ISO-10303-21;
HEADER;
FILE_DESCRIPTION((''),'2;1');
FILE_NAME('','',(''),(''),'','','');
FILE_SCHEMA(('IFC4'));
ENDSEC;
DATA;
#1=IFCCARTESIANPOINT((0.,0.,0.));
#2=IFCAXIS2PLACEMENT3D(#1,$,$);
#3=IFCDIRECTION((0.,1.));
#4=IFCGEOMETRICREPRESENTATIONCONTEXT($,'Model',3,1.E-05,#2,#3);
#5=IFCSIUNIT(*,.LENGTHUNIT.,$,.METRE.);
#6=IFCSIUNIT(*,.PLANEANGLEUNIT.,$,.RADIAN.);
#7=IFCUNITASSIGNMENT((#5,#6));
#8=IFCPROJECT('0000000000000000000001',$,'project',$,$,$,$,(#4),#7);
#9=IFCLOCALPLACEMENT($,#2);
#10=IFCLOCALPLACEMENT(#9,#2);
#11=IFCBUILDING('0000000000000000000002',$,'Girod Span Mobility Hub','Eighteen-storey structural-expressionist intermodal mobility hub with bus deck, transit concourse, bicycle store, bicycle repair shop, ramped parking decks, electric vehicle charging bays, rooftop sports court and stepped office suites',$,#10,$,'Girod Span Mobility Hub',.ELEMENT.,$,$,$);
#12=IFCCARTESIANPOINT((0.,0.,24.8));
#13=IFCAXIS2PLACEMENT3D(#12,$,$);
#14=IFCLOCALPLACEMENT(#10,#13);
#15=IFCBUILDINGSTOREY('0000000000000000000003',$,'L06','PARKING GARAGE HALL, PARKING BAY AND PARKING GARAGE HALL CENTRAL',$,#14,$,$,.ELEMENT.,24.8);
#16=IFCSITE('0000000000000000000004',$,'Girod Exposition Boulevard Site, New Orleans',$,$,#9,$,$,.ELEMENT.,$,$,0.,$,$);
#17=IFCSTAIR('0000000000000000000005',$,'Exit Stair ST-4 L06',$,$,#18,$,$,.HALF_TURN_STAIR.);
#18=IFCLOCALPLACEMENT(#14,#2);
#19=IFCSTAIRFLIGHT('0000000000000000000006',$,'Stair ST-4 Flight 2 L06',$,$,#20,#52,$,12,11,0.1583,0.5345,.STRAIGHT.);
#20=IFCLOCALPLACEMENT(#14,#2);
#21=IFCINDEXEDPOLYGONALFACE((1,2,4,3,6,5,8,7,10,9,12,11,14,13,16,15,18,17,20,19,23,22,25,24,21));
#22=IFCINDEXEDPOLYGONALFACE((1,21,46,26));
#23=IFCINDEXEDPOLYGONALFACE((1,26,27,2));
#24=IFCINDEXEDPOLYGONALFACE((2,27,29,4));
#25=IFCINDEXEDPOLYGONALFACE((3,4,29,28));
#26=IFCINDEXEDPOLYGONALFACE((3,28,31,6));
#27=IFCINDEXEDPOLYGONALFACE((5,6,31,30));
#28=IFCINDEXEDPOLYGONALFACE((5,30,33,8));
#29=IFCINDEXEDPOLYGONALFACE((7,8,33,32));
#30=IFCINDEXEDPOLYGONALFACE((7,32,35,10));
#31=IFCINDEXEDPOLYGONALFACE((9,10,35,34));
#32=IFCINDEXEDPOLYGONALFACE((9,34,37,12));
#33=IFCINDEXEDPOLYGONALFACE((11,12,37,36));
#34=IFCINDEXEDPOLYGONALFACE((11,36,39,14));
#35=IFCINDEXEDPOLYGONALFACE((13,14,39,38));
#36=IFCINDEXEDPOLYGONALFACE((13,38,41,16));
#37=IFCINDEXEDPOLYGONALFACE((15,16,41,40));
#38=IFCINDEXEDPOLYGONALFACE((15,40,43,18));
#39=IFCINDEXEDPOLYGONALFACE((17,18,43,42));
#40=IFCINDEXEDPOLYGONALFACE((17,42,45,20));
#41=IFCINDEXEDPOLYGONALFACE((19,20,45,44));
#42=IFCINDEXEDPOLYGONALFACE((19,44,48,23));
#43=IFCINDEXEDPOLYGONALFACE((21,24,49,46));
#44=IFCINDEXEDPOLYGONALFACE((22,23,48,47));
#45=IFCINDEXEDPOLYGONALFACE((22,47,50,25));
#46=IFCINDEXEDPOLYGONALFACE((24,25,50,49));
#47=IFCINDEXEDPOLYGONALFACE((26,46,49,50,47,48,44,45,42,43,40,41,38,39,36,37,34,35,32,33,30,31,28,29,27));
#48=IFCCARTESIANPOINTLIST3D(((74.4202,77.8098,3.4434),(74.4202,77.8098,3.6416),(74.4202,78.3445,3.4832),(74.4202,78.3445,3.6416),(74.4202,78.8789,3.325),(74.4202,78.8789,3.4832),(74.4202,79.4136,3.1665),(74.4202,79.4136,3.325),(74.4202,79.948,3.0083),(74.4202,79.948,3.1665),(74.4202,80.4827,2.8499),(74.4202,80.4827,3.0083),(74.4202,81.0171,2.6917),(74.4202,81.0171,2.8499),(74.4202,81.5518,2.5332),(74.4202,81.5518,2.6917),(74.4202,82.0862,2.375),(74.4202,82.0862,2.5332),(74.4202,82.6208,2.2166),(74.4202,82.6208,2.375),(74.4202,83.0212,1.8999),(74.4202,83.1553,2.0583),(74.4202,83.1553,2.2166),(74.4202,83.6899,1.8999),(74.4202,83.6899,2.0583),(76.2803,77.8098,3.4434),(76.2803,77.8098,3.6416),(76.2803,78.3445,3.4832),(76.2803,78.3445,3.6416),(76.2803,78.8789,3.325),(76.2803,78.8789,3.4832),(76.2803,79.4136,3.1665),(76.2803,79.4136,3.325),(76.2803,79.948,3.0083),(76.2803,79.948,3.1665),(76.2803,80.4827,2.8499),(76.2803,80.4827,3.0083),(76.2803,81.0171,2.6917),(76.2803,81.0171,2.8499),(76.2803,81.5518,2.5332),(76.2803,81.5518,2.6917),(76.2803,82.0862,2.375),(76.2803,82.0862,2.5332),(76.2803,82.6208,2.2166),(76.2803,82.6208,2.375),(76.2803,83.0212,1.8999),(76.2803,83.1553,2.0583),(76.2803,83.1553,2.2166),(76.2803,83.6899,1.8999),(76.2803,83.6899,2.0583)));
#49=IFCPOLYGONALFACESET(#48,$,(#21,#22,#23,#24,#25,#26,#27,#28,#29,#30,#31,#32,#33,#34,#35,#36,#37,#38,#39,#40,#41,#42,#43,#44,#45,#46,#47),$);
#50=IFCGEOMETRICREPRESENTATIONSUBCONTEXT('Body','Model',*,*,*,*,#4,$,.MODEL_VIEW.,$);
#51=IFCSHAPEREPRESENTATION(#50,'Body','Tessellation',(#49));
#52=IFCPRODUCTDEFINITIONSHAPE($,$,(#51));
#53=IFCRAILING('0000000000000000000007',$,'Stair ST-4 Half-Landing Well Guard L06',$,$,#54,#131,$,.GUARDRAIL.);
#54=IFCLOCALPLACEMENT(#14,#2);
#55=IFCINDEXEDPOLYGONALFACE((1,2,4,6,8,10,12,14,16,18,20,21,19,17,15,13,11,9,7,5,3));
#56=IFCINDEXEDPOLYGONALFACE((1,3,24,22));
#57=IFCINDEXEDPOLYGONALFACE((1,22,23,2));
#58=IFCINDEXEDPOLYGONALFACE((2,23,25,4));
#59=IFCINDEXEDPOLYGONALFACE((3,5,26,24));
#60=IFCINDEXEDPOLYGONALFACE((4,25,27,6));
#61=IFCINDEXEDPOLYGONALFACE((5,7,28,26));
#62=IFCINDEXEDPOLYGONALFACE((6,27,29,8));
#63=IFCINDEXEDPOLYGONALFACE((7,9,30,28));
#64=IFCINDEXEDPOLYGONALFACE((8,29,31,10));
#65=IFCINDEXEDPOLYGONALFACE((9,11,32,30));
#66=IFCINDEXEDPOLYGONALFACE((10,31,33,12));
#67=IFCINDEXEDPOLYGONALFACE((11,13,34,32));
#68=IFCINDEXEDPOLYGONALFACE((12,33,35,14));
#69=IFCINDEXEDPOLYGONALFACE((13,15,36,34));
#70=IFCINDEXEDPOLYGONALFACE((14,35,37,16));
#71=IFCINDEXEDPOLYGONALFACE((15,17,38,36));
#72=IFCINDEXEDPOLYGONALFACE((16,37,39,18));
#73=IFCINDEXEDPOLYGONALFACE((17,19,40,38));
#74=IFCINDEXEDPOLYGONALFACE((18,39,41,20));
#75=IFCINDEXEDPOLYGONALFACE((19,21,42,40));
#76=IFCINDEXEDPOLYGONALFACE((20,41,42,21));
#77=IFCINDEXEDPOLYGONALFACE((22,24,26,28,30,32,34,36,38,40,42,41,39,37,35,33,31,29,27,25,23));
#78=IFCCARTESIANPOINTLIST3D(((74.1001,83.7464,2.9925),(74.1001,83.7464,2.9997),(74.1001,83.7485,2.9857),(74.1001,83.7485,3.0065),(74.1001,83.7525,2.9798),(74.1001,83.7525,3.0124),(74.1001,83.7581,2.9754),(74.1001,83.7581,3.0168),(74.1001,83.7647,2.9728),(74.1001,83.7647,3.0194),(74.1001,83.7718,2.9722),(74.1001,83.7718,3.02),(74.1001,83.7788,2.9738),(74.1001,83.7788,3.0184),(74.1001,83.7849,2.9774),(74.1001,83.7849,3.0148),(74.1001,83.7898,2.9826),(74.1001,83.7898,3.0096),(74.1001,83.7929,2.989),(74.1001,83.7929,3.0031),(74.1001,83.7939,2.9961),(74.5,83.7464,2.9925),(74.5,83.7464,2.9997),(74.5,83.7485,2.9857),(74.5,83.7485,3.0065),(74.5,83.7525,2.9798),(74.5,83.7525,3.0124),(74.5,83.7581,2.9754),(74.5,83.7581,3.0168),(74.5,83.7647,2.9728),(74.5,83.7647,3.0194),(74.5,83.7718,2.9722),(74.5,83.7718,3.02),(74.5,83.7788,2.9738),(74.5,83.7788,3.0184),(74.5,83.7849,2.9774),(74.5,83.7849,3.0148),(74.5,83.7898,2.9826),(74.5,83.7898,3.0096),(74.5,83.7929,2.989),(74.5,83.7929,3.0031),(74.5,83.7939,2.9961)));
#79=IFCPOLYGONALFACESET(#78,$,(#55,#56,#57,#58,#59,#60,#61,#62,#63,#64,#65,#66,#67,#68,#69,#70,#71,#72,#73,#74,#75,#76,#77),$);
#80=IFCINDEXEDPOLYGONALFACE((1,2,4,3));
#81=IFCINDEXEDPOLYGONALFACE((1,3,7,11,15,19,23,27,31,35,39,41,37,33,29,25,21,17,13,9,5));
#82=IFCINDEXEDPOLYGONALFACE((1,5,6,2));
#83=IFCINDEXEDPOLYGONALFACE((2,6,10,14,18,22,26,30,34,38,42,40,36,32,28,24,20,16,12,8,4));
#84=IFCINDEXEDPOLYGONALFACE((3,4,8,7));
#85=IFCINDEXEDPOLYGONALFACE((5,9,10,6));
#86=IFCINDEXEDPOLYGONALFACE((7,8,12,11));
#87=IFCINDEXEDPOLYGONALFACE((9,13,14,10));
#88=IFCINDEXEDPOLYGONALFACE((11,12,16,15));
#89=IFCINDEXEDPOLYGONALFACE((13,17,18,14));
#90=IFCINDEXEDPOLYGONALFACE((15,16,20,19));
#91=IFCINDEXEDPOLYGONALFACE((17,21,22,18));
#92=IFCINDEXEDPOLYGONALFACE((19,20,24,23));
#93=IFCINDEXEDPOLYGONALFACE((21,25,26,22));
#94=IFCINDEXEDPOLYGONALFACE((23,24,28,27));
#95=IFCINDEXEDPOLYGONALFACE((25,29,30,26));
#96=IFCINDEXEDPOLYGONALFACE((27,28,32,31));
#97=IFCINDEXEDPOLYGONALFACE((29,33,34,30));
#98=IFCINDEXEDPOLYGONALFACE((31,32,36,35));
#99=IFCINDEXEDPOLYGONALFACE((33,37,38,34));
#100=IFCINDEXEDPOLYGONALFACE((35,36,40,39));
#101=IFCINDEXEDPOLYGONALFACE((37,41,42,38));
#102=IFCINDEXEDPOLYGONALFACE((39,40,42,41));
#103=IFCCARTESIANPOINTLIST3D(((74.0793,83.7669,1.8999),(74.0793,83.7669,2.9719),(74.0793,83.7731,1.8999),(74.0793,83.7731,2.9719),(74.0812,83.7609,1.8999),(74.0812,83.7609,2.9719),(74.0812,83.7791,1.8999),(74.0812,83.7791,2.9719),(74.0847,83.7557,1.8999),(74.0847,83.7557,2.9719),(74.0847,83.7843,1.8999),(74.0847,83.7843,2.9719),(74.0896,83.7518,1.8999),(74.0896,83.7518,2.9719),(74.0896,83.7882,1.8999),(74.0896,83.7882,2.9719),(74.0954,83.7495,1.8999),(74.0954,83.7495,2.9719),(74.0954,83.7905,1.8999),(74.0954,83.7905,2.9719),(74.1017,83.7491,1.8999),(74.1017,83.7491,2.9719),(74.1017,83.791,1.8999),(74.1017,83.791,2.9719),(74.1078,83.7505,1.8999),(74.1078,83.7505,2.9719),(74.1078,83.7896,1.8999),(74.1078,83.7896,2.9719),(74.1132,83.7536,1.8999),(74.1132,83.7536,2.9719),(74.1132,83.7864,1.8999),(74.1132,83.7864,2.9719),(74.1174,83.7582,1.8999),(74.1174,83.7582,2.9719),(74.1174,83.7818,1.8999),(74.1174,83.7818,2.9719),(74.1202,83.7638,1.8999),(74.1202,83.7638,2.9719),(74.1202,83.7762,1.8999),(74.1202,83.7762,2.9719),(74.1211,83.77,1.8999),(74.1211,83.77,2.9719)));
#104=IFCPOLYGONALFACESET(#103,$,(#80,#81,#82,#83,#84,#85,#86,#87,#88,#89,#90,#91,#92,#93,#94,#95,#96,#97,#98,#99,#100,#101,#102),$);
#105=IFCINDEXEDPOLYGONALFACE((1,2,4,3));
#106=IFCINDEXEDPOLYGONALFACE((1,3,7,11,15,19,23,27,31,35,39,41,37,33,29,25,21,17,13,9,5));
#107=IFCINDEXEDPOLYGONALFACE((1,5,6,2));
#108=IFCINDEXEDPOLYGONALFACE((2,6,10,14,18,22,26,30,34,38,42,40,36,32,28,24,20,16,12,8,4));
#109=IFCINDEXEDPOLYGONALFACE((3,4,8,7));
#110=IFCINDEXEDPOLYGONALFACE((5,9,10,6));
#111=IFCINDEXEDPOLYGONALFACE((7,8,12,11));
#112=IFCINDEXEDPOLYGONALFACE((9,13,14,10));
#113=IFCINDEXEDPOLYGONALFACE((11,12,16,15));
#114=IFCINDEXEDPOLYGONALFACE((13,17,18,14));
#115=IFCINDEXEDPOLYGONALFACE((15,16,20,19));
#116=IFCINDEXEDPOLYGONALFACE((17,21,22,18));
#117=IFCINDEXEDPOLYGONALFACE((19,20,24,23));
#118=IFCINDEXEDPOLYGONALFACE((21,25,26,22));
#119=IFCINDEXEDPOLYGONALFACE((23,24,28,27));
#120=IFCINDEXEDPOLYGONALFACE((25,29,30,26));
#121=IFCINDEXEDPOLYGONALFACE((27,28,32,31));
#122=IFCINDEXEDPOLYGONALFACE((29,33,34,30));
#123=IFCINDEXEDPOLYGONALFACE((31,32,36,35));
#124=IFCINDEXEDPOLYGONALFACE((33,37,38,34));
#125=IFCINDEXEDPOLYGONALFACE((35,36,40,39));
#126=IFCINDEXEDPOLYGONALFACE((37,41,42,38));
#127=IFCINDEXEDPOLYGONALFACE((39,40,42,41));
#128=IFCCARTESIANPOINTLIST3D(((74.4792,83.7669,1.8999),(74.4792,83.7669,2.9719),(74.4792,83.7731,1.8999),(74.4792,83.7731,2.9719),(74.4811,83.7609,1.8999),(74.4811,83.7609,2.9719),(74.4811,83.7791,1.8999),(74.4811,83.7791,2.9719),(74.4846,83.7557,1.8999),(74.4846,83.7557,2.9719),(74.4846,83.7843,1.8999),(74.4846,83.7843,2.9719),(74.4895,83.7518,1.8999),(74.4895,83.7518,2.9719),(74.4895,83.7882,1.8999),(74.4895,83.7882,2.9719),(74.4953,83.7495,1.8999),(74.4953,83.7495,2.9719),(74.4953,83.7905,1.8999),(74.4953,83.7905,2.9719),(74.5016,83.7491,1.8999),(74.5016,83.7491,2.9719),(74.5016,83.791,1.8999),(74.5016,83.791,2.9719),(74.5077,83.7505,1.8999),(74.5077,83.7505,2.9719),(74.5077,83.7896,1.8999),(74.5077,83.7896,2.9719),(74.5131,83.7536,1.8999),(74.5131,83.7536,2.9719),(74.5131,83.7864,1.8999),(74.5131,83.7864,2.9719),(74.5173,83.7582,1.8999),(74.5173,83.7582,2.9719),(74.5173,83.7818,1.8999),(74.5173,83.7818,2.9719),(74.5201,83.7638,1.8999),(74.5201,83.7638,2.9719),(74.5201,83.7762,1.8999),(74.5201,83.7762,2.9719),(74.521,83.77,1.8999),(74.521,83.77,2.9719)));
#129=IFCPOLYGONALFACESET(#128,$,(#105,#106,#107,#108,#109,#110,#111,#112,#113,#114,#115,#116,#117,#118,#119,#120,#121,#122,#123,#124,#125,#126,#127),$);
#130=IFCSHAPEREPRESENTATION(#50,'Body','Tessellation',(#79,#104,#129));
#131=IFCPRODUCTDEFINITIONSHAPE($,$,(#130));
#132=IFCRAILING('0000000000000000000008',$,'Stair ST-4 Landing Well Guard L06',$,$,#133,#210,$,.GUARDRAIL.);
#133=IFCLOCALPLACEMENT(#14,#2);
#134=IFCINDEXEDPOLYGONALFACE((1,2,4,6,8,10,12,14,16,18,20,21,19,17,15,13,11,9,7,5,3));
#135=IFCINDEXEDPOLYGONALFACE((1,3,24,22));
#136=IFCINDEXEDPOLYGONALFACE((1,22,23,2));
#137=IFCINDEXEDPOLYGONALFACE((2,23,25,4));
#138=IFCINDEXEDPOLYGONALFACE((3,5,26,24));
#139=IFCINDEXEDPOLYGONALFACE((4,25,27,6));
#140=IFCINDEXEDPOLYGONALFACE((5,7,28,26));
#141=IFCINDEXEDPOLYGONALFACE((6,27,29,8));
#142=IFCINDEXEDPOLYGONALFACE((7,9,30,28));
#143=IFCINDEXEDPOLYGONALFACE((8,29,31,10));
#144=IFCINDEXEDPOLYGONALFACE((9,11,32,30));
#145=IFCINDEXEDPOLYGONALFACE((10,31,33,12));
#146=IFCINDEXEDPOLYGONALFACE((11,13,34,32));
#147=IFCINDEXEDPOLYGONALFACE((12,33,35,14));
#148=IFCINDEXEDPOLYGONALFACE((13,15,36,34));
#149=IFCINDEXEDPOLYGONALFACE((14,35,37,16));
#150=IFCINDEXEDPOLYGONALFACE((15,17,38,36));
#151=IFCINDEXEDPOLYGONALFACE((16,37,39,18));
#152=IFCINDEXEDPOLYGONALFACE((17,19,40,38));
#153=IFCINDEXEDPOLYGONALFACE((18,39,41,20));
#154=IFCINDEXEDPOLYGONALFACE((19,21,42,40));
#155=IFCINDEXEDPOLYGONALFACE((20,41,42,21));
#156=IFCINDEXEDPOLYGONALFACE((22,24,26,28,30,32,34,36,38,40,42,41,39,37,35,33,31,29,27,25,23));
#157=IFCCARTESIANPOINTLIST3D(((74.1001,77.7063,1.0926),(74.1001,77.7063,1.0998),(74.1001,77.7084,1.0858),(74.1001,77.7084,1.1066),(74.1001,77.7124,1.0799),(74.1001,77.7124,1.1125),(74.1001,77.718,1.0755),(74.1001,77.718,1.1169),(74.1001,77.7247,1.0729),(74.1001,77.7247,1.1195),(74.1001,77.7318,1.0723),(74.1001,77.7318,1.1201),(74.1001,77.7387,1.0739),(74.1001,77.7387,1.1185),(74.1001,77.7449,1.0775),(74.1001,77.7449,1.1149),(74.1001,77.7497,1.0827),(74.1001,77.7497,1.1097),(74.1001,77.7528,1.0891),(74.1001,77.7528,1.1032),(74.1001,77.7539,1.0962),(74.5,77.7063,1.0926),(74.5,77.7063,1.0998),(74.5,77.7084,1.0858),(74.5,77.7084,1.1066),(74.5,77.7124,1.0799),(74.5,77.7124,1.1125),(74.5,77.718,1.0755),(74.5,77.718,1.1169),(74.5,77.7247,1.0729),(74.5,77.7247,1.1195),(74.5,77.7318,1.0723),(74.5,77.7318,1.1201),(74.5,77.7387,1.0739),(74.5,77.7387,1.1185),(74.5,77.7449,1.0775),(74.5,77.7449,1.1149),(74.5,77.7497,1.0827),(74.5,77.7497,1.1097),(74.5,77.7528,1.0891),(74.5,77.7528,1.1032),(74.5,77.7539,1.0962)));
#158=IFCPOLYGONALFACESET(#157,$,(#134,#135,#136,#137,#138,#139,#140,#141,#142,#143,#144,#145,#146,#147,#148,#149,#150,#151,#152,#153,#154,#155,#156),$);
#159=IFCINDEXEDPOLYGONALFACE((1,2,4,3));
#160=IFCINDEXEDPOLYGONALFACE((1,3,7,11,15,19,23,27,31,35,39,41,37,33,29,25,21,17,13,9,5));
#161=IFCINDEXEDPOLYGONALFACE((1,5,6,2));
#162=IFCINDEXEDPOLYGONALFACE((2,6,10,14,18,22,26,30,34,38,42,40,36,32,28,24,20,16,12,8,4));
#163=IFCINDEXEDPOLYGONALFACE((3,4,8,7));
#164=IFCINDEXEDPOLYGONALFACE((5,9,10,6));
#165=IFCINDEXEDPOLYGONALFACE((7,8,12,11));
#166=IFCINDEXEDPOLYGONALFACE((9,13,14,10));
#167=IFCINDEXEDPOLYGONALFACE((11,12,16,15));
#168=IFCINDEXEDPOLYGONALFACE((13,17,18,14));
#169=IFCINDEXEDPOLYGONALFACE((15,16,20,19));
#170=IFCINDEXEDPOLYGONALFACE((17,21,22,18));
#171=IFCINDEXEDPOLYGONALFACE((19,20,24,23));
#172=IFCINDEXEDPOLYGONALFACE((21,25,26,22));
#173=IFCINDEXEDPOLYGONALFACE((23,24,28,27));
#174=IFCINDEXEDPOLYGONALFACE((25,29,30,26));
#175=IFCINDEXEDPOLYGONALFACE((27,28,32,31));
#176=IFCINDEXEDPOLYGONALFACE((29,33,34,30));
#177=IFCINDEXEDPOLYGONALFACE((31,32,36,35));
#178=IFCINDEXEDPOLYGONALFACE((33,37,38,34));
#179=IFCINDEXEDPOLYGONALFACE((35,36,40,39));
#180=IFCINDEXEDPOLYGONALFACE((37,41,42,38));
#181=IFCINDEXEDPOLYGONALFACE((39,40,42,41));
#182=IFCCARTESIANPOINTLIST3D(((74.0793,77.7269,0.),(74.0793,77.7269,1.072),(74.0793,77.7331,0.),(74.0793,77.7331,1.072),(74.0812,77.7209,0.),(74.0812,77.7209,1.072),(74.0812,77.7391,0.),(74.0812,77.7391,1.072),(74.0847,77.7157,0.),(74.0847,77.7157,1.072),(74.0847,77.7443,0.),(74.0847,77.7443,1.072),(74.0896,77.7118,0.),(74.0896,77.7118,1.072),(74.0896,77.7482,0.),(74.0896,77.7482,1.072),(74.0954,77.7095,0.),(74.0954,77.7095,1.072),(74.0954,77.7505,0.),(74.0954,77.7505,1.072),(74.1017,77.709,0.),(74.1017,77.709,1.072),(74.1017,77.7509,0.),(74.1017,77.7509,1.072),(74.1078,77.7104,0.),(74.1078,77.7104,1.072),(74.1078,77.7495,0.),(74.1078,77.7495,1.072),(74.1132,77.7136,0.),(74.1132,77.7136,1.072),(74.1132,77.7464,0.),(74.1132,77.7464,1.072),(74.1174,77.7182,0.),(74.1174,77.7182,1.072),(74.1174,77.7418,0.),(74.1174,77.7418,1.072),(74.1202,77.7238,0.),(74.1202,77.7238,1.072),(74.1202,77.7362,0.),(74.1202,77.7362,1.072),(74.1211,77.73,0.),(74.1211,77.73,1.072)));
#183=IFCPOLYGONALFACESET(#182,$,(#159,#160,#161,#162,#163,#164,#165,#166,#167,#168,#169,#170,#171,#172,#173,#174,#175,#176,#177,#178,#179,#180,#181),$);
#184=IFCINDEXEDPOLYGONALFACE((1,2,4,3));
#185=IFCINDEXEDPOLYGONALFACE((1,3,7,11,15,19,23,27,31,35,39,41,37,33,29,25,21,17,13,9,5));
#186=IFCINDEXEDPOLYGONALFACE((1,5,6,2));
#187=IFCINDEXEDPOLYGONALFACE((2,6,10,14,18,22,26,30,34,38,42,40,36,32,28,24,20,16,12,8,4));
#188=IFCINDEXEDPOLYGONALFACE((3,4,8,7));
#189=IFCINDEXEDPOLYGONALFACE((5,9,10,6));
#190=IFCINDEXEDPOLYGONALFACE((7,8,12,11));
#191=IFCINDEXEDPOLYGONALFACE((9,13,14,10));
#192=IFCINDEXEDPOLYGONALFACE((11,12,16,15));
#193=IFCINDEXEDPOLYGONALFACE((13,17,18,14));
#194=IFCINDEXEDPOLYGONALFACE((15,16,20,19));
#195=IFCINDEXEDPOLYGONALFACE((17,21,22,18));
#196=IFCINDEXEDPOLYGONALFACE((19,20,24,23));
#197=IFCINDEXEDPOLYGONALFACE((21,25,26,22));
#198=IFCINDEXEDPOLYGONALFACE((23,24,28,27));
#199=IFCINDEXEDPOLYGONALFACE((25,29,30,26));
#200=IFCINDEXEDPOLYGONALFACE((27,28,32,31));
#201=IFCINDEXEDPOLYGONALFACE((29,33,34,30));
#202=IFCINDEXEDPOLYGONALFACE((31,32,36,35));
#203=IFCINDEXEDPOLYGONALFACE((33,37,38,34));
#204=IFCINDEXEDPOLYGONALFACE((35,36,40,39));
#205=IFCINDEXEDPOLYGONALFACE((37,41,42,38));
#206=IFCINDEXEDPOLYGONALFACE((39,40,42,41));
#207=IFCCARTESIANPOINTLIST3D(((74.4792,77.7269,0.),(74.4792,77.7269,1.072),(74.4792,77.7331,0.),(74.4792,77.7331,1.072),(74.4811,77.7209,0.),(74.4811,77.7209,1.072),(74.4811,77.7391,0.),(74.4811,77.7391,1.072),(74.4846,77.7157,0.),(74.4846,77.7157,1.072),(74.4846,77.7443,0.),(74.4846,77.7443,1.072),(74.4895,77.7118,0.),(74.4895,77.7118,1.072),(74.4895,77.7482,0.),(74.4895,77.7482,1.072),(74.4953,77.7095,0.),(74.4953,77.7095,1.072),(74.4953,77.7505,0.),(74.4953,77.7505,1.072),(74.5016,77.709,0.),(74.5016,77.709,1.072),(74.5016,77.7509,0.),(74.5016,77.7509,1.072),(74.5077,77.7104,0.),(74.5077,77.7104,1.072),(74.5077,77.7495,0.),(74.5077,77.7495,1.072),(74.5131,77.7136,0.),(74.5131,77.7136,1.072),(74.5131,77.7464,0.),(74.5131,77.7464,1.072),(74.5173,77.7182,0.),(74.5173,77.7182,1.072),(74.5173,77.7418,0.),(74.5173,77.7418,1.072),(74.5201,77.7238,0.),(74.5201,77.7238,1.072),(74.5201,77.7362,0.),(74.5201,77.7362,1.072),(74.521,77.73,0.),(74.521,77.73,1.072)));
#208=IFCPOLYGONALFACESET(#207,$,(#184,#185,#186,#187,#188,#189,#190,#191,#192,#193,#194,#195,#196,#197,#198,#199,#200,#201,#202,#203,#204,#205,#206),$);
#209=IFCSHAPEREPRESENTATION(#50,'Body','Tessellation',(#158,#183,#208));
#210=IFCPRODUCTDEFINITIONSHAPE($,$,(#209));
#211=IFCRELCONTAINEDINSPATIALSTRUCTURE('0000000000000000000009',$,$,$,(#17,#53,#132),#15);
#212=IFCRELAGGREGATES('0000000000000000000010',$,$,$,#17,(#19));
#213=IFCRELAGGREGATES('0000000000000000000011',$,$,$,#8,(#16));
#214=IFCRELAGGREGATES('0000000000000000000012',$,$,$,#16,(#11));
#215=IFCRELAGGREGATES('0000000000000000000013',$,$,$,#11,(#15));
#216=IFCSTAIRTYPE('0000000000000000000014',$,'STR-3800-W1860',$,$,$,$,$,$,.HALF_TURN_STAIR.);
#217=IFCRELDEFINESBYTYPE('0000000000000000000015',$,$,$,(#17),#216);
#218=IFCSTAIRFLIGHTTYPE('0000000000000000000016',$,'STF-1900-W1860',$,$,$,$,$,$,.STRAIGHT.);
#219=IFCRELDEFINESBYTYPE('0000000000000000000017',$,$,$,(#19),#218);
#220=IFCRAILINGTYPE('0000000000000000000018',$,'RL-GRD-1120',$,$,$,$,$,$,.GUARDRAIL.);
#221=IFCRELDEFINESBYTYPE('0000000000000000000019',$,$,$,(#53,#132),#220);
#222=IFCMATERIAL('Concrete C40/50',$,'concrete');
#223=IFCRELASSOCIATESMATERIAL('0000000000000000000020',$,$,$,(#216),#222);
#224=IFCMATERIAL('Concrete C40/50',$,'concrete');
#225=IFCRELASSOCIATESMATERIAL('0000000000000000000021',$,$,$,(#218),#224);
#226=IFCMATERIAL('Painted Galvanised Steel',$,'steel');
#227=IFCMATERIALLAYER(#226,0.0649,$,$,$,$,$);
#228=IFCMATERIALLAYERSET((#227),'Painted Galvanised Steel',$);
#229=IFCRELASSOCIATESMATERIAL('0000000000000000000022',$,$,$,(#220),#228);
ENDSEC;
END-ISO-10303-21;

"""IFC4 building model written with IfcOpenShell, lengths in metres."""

from ifc_helpers import new_model, si_unit, direction, frame, origin, origin_2d, place, context, subcontext, project, spatial, polyline, circle, outline, extrude, material, layer, layer_set, type_object, element, aggregate, save


model = new_model("IFC4")

# Units and contexts
model_context = context("Model", 3, precision=1e-05, world=origin(), true_north=direction((0.0, 1.0)))
body_context = subcontext(model_context, "Body", "Model", "MODEL_VIEW")
ifc_project = project(units=[si_unit("LENGTHUNIT", "METRE"), si_unit("PLANEANGLEUNIT", "RADIAN")], contexts=[model_context])

# Site, building, storey
site_placement = place(None, origin())
site = spatial("IfcSite", under=ifc_project, at=site_placement, Name="Girod Exposition Boulevard Site, New Orleans", CompositionType="ELEMENT", RefElevation=0.0)
building_placement = place(site_placement, origin())
building = spatial("IfcBuilding", under=site, at=building_placement, Name="Girod Span Mobility Hub", Description="Eighteen-storey structural-expressionist intermodal mobility hub with bus deck, transit concourse, bicycle store, bicycle repair shop, ramped parking decks, electric vehicle charging bays, rooftop sports court and stepped office suites", LongName="Girod Span Mobility Hub", CompositionType="ELEMENT")
storey_placement = place(building_placement, frame((0.0, 0.0, 24.8)))
storey = spatial("IfcBuildingStorey", under=building, at=storey_placement, Name="L06", Description="PARKING GARAGE HALL, PARKING BAY AND PARKING GARAGE HALL CENTRAL", CompositionType="ELEMENT", Elevation=24.8)

# Stair, stair flight
ifc_material_1 = material(Name="Concrete C40/50", Category="concrete")
stair_type = type_object("IfcStairType", Name="STR-3800-W1860", PredefinedType="HALF_TURN_STAIR", material=ifc_material_1)
stair_placement = place(storey_placement, origin())
stair = element("IfcStair", 1, at=stair_placement, inside=storey, type_object=stair_type, Name="Exit Stair ST-4 L06", PredefinedType="HALF_TURN_STAIR")
ifc_material_2 = material(Name="Concrete C40/50", Category="concrete")
stair_flight_type = type_object("IfcStairFlightType", Name="STF-1900-W1860", PredefinedType="STRAIGHT", material=ifc_material_2)
stair_flight_1_placement = place(storey_placement, frame((75.3501, 83.6899, 1.8999), z_axis=(0.0, 0.0, 1.0), x_axis=(0.0, -1.0, 0.0)))
stair_flight_1 = element("IfcStairFlight", 2, at=stair_flight_1_placement, type_object=stair_flight_type, Name="Stair ST-4 Flight 2 L06", NumberOfRisers=12, NumberOfTreads=11, PredefinedType="STRAIGHT", RiserHeight=0.1583, TreadLength=0.5345, context=body_context, shape_type="SweptSolid", body=[
    extrude(outline(polyline([(0.0, 0.0), (0.0, 0.1584), (0.5347, 0.1584), (0.5347, 0.3167), (1.0691, 0.3167), (1.0691, 0.4751), (1.6038, 0.4751), (1.6038, 0.6333), (2.1382, 0.6333), (2.1382, 0.7917), (2.6729, 0.7917), (2.6729, 0.95), (3.2073, 0.95), (3.2073, 1.1084), (3.7419, 1.1084), (3.7419, 1.2666), (4.2764, 1.2666), (4.2764, 1.425), (4.811, 1.425), (4.811, 1.5833), (5.3455, 1.5833), (5.3455, 1.7417), (5.8801, 1.7417), (5.8801, 1.8999), (5.8801, 1.5435), (0.6687, 0.0), (0.0, 0.0)])), frame((0.0, 0.9302, 0.0), z_axis=(0.0, -1.0, 0.0), x_axis=(1.0, 0.0, 0.0)), (0.0, 0.0, 1.0), 1.8601),
])
aggregate(stair, [stair_flight_1])

# Railings
ifc_material_3 = material(Name="Painted Galvanised Steel", Category="steel")
ifc_layer_1 = layer(ifc_material_3, 0.0649)
ifc_layer_set_1 = layer_set([ifc_layer_1], Name="Painted Galvanised Steel")
railing_type_1 = type_object("IfcRailingType", Name="RL-GRD-1120", PredefinedType="GUARDRAIL", material=ifc_layer_set_1)
for number, where, name in (
    (3, (74.1001, 83.77, 1.8999), "Stair ST-4 Half-Landing Well Guard L06"),
    (4, (74.1001, 77.73, 0.0), "Stair ST-4 Landing Well Guard L06"),
):
    element("IfcRailing", number, at=place(storey_placement, frame(where)), inside=storey, type_object=railing_type_1, Name=name, PredefinedType="GUARDRAIL", context=body_context, shape_type="SweptSolid", body=[
        extrude(circle(Radius=0.0239, at=origin_2d()), frame((0.0, 0.0, 1.0962), z_axis=(1.0, 0.0, 0.0), x_axis=(0.0, 1.0, 0.0)), (0.0, 0.0, 1.0), 0.3999),
        extrude(circle(Radius=0.021, at=origin_2d()), origin(), (0.0, 0.0, 1.0), 1.072),
        extrude(circle(Radius=0.021, at=origin_2d()), frame((0.3999, 0.0, 0.0)), (0.0, 0.0, 1.0), 1.072),
    ])

save(model, "model.ifc")
